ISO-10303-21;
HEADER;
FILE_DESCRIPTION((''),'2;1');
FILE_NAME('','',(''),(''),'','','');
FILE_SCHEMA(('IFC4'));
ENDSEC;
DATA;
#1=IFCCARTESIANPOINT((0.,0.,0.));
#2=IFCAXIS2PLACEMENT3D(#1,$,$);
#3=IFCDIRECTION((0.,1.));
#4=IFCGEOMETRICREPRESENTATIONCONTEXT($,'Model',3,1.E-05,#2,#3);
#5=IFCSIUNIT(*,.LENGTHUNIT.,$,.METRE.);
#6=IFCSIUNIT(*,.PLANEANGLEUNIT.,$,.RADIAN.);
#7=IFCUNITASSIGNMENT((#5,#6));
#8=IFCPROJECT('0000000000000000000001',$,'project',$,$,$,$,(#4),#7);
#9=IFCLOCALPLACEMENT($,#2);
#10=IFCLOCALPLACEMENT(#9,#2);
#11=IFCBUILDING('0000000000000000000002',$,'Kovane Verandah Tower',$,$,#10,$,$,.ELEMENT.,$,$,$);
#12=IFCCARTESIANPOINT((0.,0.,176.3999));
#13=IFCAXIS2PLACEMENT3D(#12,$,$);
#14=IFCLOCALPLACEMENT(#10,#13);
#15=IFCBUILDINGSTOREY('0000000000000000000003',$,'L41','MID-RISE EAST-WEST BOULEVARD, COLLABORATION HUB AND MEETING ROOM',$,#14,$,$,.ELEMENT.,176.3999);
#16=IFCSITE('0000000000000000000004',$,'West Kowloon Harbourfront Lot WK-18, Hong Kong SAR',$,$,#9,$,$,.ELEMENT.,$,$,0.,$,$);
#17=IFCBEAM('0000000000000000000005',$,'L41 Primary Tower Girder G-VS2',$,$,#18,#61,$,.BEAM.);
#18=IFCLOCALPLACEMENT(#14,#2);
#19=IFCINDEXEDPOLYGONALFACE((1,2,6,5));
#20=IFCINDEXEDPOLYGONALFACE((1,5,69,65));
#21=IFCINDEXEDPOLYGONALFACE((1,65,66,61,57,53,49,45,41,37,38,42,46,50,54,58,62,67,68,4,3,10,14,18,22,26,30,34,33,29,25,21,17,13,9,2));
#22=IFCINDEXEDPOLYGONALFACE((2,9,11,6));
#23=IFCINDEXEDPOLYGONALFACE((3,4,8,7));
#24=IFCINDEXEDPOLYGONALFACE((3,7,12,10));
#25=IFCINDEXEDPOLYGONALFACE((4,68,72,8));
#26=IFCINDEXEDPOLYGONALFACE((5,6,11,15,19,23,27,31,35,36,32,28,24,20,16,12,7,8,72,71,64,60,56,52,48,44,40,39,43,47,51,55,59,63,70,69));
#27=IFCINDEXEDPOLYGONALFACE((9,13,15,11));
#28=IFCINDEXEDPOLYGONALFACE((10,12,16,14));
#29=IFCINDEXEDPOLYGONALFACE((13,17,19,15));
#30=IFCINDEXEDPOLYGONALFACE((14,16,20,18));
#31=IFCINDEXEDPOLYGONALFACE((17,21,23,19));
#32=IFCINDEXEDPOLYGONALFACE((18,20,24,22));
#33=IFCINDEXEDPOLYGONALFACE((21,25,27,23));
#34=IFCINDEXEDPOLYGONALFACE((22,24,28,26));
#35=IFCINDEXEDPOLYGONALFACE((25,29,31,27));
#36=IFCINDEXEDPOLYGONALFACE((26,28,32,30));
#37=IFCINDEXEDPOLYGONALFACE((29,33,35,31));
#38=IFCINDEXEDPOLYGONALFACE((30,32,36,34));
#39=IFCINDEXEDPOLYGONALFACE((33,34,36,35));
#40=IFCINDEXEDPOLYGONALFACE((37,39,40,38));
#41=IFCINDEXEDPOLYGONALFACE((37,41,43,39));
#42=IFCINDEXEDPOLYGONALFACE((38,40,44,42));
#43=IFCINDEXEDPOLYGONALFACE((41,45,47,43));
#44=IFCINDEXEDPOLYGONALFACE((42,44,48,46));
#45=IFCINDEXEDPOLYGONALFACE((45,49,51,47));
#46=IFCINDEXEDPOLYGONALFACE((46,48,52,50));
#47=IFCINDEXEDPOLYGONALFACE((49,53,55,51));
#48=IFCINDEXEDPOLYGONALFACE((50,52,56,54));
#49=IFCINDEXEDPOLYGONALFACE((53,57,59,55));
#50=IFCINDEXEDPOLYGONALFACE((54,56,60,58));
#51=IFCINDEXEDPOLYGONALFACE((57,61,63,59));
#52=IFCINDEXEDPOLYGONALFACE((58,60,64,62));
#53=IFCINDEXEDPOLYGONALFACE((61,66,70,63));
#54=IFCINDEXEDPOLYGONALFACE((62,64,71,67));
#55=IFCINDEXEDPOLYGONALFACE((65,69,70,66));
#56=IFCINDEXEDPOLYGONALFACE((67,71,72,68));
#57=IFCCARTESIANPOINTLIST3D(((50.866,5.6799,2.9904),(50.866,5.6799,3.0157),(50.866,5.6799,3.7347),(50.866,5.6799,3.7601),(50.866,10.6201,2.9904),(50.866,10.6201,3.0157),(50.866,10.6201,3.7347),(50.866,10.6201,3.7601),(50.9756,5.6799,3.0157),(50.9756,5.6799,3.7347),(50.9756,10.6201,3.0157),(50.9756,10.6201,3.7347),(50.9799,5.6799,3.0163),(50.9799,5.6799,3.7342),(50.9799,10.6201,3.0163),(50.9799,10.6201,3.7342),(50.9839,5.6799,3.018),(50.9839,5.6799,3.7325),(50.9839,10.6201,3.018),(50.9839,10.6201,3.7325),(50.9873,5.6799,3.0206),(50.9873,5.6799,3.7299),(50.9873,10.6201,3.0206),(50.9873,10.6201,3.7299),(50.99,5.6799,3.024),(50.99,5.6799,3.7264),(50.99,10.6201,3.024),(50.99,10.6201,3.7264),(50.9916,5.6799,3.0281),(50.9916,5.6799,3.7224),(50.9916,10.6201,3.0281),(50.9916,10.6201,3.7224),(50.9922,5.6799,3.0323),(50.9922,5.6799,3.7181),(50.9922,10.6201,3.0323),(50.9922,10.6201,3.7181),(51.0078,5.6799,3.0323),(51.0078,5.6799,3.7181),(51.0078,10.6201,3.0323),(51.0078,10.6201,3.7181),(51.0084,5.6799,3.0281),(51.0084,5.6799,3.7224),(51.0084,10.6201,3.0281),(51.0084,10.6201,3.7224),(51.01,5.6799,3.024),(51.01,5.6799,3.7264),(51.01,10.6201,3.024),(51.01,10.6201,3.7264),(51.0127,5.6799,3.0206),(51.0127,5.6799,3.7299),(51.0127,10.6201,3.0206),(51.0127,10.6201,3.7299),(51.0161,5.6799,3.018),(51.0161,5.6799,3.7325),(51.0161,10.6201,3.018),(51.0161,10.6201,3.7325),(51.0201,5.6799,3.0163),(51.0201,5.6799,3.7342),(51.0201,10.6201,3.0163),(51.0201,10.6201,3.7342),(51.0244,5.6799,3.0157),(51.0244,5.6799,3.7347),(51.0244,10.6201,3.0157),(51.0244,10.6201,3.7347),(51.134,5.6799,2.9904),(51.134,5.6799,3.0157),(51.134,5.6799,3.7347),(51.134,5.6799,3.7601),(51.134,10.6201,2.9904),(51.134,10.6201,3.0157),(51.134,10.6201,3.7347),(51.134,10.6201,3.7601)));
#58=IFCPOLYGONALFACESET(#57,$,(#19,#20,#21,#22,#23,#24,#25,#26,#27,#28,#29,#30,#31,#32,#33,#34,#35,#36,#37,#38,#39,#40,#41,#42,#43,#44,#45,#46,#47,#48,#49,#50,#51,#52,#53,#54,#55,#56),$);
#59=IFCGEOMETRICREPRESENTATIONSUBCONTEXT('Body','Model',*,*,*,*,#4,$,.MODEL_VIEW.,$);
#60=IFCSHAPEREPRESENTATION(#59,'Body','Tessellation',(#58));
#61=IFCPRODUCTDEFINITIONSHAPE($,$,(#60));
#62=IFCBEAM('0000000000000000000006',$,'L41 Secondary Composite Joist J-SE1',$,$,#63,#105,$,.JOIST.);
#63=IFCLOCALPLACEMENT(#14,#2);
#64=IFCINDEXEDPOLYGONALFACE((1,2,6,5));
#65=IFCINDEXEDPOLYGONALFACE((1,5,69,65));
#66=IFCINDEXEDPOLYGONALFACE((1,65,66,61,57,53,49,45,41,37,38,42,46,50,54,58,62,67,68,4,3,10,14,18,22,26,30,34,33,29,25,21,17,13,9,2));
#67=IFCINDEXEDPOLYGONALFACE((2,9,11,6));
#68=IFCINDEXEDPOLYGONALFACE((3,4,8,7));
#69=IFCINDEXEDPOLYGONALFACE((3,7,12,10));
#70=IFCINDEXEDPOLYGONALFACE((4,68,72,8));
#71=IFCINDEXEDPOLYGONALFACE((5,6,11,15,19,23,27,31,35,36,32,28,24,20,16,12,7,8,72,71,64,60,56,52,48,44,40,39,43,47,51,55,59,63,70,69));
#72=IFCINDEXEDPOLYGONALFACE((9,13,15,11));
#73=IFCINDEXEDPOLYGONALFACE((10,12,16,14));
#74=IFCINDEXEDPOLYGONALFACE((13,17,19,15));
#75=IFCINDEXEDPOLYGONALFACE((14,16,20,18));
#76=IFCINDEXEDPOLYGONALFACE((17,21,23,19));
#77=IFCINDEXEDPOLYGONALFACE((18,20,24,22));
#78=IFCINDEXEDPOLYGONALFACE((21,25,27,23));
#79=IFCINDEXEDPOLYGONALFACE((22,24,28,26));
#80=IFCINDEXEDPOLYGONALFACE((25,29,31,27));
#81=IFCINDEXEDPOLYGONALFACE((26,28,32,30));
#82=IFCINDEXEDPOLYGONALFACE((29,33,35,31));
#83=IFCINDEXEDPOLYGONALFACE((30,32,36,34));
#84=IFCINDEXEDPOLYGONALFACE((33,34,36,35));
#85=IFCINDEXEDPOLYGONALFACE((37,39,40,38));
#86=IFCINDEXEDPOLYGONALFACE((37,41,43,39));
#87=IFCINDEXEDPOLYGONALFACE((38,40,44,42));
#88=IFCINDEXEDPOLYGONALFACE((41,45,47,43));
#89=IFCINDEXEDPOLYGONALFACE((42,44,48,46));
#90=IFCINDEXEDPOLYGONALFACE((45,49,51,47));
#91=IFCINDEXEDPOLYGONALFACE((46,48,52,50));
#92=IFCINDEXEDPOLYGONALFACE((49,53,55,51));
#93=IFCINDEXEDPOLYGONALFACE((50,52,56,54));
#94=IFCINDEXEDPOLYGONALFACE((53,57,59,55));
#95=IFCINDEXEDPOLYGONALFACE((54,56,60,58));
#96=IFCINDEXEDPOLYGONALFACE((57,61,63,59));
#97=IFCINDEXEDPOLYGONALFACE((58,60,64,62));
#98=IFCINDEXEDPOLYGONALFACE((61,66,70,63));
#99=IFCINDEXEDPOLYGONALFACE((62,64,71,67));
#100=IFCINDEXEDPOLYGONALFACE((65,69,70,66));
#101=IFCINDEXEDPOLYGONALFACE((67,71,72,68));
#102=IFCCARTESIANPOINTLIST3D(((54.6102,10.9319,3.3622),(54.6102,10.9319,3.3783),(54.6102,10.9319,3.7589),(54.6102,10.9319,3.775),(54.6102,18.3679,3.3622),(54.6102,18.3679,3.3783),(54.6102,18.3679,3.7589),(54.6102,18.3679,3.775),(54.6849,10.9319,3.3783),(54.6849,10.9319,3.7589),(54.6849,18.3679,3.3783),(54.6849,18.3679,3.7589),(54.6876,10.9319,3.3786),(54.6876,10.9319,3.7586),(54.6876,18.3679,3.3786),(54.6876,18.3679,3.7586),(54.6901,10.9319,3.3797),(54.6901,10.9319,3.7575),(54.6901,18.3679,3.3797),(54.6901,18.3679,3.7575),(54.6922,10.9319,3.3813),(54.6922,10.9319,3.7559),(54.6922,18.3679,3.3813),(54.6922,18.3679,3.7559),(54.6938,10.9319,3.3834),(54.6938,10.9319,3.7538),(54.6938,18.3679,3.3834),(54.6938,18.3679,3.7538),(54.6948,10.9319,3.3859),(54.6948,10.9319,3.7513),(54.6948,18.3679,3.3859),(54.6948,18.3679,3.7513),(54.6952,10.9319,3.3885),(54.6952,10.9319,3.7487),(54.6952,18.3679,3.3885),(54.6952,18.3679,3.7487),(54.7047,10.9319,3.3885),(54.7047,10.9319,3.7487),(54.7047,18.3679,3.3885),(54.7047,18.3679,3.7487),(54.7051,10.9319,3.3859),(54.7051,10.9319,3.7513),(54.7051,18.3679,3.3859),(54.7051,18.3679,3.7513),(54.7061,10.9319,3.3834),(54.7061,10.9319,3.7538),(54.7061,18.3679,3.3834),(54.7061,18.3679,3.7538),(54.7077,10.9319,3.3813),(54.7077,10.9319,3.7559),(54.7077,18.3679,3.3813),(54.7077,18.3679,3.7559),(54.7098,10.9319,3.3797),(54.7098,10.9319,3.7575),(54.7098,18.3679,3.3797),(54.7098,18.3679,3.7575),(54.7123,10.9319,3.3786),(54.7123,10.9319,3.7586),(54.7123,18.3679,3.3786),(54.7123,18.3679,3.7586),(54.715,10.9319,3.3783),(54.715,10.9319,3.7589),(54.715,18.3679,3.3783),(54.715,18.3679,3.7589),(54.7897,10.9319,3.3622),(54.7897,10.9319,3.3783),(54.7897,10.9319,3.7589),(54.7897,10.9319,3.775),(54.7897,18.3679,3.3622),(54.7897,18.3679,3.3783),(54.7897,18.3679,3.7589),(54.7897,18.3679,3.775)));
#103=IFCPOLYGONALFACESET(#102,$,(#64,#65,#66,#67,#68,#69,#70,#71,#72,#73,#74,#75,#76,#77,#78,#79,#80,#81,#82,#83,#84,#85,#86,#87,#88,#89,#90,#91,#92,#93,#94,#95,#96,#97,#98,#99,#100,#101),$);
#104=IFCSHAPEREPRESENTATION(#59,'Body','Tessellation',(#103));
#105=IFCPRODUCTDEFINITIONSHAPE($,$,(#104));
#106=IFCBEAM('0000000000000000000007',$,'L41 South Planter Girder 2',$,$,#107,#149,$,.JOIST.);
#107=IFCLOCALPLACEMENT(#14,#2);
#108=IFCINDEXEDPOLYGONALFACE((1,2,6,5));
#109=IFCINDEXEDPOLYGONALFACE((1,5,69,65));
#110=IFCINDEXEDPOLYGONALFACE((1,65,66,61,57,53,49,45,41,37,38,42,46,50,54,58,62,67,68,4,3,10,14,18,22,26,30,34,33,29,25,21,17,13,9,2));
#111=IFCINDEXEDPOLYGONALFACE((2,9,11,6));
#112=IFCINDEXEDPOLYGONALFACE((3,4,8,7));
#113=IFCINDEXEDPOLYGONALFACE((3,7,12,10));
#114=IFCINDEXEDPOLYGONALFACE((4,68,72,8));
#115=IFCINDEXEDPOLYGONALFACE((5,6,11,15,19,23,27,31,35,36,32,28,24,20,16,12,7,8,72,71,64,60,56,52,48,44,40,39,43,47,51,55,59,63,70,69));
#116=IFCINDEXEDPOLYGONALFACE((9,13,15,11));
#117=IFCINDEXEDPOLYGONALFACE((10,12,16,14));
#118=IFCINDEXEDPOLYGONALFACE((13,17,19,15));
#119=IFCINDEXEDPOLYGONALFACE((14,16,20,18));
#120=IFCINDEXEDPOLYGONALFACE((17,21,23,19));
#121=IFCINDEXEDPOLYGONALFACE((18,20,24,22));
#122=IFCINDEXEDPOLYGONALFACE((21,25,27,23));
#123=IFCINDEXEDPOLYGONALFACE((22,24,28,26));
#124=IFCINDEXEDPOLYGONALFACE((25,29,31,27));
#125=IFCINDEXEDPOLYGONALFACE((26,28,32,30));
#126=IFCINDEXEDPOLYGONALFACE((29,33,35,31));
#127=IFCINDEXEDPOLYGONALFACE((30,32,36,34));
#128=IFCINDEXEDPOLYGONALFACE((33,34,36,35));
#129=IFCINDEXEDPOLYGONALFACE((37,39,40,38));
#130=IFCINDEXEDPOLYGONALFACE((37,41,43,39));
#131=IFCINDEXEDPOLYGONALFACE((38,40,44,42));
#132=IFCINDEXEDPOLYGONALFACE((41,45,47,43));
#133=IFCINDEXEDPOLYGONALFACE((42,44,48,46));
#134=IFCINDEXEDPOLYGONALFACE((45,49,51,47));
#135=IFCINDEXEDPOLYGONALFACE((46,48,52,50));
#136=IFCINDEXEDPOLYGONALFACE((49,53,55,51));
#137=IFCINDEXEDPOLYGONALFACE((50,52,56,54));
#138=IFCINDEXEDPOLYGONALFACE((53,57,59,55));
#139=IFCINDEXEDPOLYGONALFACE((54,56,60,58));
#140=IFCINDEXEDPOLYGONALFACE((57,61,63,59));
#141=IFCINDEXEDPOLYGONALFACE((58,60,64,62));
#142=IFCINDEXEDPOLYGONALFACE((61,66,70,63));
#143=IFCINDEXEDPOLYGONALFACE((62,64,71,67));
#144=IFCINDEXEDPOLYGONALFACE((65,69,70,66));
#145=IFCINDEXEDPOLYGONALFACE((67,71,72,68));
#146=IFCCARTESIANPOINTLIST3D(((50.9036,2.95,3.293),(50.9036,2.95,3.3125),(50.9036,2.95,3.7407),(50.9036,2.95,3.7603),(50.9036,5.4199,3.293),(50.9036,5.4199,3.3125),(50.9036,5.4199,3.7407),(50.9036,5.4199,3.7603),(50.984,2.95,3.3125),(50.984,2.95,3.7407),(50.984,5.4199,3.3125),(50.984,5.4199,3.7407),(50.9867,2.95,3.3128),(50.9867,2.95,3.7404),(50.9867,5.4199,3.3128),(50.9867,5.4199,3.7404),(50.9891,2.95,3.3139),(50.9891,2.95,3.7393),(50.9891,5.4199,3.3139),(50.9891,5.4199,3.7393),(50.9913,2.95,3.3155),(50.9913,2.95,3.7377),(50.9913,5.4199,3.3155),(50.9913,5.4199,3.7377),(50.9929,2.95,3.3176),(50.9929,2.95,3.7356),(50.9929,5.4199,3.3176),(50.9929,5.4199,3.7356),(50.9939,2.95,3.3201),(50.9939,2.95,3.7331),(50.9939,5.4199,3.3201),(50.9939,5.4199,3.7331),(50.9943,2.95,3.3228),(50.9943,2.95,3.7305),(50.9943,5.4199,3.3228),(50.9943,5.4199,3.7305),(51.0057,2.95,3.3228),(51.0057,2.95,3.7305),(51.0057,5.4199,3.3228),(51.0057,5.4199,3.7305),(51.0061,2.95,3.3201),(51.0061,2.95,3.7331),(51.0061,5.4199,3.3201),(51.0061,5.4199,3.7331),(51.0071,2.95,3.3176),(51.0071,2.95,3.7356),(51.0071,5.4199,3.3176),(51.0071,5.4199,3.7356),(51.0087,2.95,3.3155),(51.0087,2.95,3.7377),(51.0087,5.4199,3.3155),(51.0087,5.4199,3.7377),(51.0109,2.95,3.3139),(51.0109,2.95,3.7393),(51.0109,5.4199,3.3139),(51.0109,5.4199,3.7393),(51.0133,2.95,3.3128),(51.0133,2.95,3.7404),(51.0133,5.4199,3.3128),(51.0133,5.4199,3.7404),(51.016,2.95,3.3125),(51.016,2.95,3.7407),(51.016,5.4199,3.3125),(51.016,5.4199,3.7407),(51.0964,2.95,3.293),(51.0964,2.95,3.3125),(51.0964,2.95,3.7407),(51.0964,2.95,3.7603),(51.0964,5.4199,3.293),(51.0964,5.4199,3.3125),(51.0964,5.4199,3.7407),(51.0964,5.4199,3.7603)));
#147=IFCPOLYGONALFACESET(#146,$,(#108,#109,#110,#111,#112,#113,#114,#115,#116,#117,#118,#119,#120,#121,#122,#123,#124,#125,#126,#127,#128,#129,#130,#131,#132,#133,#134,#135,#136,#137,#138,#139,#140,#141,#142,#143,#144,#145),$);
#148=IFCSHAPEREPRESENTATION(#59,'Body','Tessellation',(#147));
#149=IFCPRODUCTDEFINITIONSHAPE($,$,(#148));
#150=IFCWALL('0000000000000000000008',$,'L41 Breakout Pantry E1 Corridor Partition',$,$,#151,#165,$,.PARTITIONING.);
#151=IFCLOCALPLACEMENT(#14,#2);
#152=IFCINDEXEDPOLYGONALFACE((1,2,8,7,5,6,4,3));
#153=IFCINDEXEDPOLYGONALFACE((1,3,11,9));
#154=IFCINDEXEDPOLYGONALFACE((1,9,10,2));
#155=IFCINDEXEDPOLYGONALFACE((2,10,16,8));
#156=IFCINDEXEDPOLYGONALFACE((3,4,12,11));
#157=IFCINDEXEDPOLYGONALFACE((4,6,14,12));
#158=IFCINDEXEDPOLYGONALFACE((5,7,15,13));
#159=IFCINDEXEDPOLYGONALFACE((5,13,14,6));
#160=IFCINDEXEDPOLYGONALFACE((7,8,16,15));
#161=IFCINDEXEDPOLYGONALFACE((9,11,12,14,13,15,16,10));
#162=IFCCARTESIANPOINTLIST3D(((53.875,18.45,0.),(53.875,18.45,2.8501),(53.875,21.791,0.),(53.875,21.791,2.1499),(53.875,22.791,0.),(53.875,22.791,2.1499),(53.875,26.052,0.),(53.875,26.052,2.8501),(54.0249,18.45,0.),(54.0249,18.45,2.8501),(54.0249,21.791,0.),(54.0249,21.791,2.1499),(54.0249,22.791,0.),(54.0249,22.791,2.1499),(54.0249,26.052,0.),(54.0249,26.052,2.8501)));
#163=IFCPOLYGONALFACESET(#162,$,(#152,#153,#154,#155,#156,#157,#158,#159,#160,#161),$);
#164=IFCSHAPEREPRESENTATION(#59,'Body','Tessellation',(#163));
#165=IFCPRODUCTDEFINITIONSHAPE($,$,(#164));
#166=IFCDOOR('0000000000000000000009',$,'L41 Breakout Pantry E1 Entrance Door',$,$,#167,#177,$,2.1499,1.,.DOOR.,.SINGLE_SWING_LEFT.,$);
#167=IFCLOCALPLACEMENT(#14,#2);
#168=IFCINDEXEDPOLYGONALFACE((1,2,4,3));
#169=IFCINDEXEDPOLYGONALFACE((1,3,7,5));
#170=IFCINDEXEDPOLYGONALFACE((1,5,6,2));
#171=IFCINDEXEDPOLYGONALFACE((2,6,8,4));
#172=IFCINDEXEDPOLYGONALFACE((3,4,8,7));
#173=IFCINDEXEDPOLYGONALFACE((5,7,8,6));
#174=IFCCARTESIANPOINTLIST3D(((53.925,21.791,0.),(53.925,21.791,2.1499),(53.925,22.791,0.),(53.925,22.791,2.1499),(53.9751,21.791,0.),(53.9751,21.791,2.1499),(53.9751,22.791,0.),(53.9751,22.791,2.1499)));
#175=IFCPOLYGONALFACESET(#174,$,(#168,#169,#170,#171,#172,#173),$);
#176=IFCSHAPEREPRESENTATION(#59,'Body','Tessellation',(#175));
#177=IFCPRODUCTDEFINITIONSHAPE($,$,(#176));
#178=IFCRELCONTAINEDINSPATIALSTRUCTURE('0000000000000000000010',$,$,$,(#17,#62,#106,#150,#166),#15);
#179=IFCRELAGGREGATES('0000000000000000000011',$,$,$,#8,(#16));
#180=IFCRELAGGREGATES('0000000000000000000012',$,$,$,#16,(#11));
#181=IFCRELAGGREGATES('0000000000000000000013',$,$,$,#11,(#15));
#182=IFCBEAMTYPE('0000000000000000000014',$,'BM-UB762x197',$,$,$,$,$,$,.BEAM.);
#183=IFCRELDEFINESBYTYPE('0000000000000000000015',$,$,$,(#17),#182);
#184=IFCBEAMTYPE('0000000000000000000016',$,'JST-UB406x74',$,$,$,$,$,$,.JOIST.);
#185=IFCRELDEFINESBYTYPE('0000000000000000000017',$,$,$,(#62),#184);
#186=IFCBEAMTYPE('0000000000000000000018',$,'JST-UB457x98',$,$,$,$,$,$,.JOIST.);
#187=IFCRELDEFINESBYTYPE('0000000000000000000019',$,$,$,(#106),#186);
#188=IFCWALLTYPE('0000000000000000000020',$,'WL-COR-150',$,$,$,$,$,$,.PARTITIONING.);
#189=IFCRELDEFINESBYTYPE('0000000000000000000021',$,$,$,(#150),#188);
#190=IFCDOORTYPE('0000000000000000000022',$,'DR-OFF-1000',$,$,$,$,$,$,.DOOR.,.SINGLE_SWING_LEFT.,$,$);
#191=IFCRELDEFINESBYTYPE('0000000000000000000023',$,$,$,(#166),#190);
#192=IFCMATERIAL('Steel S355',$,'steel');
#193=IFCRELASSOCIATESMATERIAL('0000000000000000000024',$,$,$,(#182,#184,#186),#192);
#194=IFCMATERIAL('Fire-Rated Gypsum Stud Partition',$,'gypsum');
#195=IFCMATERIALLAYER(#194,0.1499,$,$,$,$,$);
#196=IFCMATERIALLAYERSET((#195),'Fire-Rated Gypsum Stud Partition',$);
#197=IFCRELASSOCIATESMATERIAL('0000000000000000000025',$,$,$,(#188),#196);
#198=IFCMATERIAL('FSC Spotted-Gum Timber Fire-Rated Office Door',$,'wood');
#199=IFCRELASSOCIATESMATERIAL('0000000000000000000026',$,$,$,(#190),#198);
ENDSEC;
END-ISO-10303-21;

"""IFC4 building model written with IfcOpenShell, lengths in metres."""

from ifc_helpers import new_model, si_unit, direction, frame, frame_2d, origin, origin_2d, place, context, subcontext, project, spatial, rectangle, i_section, extrude, material, layer, layer_set, material_profile, profile_set, type_object, element, fill, save


model = new_model("IFC4")

# Units and contexts
model_context = context("Model", 3, precision=1e-05, world=origin(), true_north=direction((0.0, 1.0)))
body_context = subcontext(model_context, "Body", "Model", "MODEL_VIEW")
ifc_project = project(units=[si_unit("LENGTHUNIT", "METRE"), si_unit("PLANEANGLEUNIT", "RADIAN")], contexts=[model_context])

# Site, building, storey
site_placement = place(None, origin())
site = spatial("IfcSite", under=ifc_project, at=site_placement, Name="West Kowloon Harbourfront Lot WK-18, Hong Kong SAR", CompositionType="ELEMENT", RefElevation=0.0)
building_placement = place(site_placement, origin())
building = spatial("IfcBuilding", under=site, at=building_placement, Name="Kovane Verandah Tower", CompositionType="ELEMENT")
storey_placement = place(building_placement, frame((0.0, 0.0, 176.3999)))
storey = spatial("IfcBuildingStorey", under=building, at=storey_placement, Name="L41", Description="MID-RISE EAST-WEST BOULEVARD, COLLABORATION HUB AND MEETING ROOM", CompositionType="ELEMENT", Elevation=176.3999)

# Beams
ifc_material_1 = material(Name="Steel S355", Category="steel")
ifc_material_profile_1 = material_profile(ifc_material_1, i_section(OverallWidth=0.2681, OverallDepth=0.7698, WebThickness=0.0156, FlangeThickness=0.0254, FilletRadius=0.0166, at=origin_2d()), Name="UB762x267x197")
ifc_profile_set_1 = profile_set([ifc_material_profile_1], Name="Steel S355")
beam_type_1 = type_object("IfcBeamType", Name="BM-UB762x197", PredefinedType="BEAM", material=ifc_profile_set_1)
beam_1_placement = place(storey_placement, frame((51.0, 10.6201, 3.3752), z_axis=(0.0, -1.0, 0.0), x_axis=(1.0, 0.0, 0.0)))
element("IfcBeam", 1, at=beam_1_placement, inside=storey, type_object=beam_type_1, Name="L41 Primary Tower Girder G-VS2", PredefinedType="BEAM", context=body_context, shape_type="SweptSolid", body=[
    extrude(i_section(OverallWidth=0.2681, OverallDepth=0.7698, WebThickness=0.0156, FlangeThickness=0.0254, FilletRadius=0.0166, at=origin_2d()), origin(), (0.0, 0.0, 1.0), 4.9402),
])
ifc_material_profile_2 = material_profile(ifc_material_1, i_section(OverallWidth=0.1794, OverallDepth=0.4128, WebThickness=0.0095, FlangeThickness=0.0161, FilletRadius=0.0103, at=origin_2d()), Name="UB406x178x74")
ifc_profile_set_2 = profile_set([ifc_material_profile_2], Name="Steel S355")
beam_type_2 = type_object("IfcBeamType", Name="JST-UB406x74", PredefinedType="JOIST", material=ifc_profile_set_2)
beam_2_placement = place(storey_placement, frame((54.7, 10.9319, 3.5686), z_axis=(0.0, 1.0, 0.0), x_axis=(-1.0, 0.0, 0.0)))
element("IfcBeam", 2, at=beam_2_placement, inside=storey, type_object=beam_type_2, Name="L41 Secondary Composite Joist J-SE1", PredefinedType="JOIST", context=body_context, shape_type="SweptSolid", body=[
    extrude(i_section(OverallWidth=0.1794, OverallDepth=0.4128, WebThickness=0.0095, FlangeThickness=0.0161, FilletRadius=0.0103, at=origin_2d()), origin(), (0.0, 0.0, 1.0), 7.436),
])
ifc_material_profile_3 = material_profile(ifc_material_1, i_section(OverallWidth=0.1929, OverallDepth=0.4673, WebThickness=0.0115, FlangeThickness=0.0195, FilletRadius=0.0103, at=origin_2d()), Name="UB457x191x98")
ifc_profile_set_3 = profile_set([ifc_material_profile_3], Name="Steel S355")
beam_type_3 = type_object("IfcBeamType", Name="JST-UB457x98", PredefinedType="JOIST", material=ifc_profile_set_3)
beam_3_placement = place(storey_placement, frame((51.0, 5.4199, 3.5266), z_axis=(0.0, -1.0, 0.0), x_axis=(1.0, 0.0, 0.0)))
element("IfcBeam", 3, at=beam_3_placement, inside=storey, type_object=beam_type_3, Name="L41 South Planter Girder 2", PredefinedType="JOIST", context=body_context, shape_type="SweptSolid", body=[
    extrude(i_section(OverallWidth=0.1929, OverallDepth=0.4673, WebThickness=0.0115, FlangeThickness=0.0195, FilletRadius=0.0103, at=origin_2d()), origin(), (0.0, 0.0, 1.0), 2.47),
])

# Wall, opening, door
ifc_material_2 = material(Name="Fire-Rated Gypsum Stud Partition", Category="gypsum")
ifc_layer_1 = layer(ifc_material_2, 0.1499)
ifc_layer_set_1 = layer_set([ifc_layer_1], Name="Fire-Rated Gypsum Stud Partition")
wall_type_1 = type_object("IfcWallType", Name="WL-COR-150", PredefinedType="PARTITIONING", material=ifc_layer_set_1)
wall_1_placement = place(storey_placement, frame((53.95, 18.45, 0.0), z_axis=(0.0, 0.0, 1.0), x_axis=(0.0, 1.0, 0.0)))
wall_1 = element("IfcWall", 4, at=wall_1_placement, inside=storey, type_object=wall_type_1, Name="L41 Breakout Pantry E1 Corridor Partition", PredefinedType="PARTITIONING", context=body_context, shape_type="SweptSolid", body=[
    extrude(rectangle(XDim=7.6021, YDim=0.1499, at=frame_2d((3.801, 0.0))), origin(), (0.0, 0.0, 1.0), 2.8501),
])
opening_1_placement = place(wall_1_placement, frame((3.3411, 0.0, 0.0)))
opening_1 = element("IfcOpeningElement", 5, at=opening_1_placement, cuts=wall_1, PredefinedType="OPENING", context=body_context, shape_type="SweptSolid", body=[
    extrude(rectangle(XDim=1.0, YDim=2.1499, at=frame_2d((0.5, 1.075))), frame((0.0, 0.075, 0.0), z_axis=(0.0, -1.0, 0.0), x_axis=(1.0, 0.0, 0.0)), (0.0, 0.0, 1.0), 0.1499),
])
ifc_material_3 = material(Name="FSC Spotted-Gum Timber Fire-Rated Office Door", Category="wood")
door_type_1 = type_object("IfcDoorType", Name="DR-OFF-1000", OperationType="SINGLE_SWING_LEFT", PredefinedType="DOOR", material=ifc_material_3)
door_1_placement = place(opening_1_placement, origin())
door_1 = element("IfcDoor", 6, at=door_1_placement, inside=storey, type_object=door_type_1, Name="L41 Breakout Pantry E1 Entrance Door", OperationType="SINGLE_SWING_LEFT", OverallHeight=2.1499, OverallWidth=1.0, PredefinedType="DOOR", context=body_context, shape_type="SweptSolid", body=[
    extrude(rectangle(XDim=1.0, YDim=2.1499, at=frame_2d((0.5, 1.075))), frame((0.0, 0.0249, 0.0), z_axis=(0.0, -1.0, 0.0), x_axis=(1.0, 0.0, 0.0)), (0.0, 0.0, 1.0), 0.05),
])
fill(opening_1, door_1)

save(model, "model.ifc")
